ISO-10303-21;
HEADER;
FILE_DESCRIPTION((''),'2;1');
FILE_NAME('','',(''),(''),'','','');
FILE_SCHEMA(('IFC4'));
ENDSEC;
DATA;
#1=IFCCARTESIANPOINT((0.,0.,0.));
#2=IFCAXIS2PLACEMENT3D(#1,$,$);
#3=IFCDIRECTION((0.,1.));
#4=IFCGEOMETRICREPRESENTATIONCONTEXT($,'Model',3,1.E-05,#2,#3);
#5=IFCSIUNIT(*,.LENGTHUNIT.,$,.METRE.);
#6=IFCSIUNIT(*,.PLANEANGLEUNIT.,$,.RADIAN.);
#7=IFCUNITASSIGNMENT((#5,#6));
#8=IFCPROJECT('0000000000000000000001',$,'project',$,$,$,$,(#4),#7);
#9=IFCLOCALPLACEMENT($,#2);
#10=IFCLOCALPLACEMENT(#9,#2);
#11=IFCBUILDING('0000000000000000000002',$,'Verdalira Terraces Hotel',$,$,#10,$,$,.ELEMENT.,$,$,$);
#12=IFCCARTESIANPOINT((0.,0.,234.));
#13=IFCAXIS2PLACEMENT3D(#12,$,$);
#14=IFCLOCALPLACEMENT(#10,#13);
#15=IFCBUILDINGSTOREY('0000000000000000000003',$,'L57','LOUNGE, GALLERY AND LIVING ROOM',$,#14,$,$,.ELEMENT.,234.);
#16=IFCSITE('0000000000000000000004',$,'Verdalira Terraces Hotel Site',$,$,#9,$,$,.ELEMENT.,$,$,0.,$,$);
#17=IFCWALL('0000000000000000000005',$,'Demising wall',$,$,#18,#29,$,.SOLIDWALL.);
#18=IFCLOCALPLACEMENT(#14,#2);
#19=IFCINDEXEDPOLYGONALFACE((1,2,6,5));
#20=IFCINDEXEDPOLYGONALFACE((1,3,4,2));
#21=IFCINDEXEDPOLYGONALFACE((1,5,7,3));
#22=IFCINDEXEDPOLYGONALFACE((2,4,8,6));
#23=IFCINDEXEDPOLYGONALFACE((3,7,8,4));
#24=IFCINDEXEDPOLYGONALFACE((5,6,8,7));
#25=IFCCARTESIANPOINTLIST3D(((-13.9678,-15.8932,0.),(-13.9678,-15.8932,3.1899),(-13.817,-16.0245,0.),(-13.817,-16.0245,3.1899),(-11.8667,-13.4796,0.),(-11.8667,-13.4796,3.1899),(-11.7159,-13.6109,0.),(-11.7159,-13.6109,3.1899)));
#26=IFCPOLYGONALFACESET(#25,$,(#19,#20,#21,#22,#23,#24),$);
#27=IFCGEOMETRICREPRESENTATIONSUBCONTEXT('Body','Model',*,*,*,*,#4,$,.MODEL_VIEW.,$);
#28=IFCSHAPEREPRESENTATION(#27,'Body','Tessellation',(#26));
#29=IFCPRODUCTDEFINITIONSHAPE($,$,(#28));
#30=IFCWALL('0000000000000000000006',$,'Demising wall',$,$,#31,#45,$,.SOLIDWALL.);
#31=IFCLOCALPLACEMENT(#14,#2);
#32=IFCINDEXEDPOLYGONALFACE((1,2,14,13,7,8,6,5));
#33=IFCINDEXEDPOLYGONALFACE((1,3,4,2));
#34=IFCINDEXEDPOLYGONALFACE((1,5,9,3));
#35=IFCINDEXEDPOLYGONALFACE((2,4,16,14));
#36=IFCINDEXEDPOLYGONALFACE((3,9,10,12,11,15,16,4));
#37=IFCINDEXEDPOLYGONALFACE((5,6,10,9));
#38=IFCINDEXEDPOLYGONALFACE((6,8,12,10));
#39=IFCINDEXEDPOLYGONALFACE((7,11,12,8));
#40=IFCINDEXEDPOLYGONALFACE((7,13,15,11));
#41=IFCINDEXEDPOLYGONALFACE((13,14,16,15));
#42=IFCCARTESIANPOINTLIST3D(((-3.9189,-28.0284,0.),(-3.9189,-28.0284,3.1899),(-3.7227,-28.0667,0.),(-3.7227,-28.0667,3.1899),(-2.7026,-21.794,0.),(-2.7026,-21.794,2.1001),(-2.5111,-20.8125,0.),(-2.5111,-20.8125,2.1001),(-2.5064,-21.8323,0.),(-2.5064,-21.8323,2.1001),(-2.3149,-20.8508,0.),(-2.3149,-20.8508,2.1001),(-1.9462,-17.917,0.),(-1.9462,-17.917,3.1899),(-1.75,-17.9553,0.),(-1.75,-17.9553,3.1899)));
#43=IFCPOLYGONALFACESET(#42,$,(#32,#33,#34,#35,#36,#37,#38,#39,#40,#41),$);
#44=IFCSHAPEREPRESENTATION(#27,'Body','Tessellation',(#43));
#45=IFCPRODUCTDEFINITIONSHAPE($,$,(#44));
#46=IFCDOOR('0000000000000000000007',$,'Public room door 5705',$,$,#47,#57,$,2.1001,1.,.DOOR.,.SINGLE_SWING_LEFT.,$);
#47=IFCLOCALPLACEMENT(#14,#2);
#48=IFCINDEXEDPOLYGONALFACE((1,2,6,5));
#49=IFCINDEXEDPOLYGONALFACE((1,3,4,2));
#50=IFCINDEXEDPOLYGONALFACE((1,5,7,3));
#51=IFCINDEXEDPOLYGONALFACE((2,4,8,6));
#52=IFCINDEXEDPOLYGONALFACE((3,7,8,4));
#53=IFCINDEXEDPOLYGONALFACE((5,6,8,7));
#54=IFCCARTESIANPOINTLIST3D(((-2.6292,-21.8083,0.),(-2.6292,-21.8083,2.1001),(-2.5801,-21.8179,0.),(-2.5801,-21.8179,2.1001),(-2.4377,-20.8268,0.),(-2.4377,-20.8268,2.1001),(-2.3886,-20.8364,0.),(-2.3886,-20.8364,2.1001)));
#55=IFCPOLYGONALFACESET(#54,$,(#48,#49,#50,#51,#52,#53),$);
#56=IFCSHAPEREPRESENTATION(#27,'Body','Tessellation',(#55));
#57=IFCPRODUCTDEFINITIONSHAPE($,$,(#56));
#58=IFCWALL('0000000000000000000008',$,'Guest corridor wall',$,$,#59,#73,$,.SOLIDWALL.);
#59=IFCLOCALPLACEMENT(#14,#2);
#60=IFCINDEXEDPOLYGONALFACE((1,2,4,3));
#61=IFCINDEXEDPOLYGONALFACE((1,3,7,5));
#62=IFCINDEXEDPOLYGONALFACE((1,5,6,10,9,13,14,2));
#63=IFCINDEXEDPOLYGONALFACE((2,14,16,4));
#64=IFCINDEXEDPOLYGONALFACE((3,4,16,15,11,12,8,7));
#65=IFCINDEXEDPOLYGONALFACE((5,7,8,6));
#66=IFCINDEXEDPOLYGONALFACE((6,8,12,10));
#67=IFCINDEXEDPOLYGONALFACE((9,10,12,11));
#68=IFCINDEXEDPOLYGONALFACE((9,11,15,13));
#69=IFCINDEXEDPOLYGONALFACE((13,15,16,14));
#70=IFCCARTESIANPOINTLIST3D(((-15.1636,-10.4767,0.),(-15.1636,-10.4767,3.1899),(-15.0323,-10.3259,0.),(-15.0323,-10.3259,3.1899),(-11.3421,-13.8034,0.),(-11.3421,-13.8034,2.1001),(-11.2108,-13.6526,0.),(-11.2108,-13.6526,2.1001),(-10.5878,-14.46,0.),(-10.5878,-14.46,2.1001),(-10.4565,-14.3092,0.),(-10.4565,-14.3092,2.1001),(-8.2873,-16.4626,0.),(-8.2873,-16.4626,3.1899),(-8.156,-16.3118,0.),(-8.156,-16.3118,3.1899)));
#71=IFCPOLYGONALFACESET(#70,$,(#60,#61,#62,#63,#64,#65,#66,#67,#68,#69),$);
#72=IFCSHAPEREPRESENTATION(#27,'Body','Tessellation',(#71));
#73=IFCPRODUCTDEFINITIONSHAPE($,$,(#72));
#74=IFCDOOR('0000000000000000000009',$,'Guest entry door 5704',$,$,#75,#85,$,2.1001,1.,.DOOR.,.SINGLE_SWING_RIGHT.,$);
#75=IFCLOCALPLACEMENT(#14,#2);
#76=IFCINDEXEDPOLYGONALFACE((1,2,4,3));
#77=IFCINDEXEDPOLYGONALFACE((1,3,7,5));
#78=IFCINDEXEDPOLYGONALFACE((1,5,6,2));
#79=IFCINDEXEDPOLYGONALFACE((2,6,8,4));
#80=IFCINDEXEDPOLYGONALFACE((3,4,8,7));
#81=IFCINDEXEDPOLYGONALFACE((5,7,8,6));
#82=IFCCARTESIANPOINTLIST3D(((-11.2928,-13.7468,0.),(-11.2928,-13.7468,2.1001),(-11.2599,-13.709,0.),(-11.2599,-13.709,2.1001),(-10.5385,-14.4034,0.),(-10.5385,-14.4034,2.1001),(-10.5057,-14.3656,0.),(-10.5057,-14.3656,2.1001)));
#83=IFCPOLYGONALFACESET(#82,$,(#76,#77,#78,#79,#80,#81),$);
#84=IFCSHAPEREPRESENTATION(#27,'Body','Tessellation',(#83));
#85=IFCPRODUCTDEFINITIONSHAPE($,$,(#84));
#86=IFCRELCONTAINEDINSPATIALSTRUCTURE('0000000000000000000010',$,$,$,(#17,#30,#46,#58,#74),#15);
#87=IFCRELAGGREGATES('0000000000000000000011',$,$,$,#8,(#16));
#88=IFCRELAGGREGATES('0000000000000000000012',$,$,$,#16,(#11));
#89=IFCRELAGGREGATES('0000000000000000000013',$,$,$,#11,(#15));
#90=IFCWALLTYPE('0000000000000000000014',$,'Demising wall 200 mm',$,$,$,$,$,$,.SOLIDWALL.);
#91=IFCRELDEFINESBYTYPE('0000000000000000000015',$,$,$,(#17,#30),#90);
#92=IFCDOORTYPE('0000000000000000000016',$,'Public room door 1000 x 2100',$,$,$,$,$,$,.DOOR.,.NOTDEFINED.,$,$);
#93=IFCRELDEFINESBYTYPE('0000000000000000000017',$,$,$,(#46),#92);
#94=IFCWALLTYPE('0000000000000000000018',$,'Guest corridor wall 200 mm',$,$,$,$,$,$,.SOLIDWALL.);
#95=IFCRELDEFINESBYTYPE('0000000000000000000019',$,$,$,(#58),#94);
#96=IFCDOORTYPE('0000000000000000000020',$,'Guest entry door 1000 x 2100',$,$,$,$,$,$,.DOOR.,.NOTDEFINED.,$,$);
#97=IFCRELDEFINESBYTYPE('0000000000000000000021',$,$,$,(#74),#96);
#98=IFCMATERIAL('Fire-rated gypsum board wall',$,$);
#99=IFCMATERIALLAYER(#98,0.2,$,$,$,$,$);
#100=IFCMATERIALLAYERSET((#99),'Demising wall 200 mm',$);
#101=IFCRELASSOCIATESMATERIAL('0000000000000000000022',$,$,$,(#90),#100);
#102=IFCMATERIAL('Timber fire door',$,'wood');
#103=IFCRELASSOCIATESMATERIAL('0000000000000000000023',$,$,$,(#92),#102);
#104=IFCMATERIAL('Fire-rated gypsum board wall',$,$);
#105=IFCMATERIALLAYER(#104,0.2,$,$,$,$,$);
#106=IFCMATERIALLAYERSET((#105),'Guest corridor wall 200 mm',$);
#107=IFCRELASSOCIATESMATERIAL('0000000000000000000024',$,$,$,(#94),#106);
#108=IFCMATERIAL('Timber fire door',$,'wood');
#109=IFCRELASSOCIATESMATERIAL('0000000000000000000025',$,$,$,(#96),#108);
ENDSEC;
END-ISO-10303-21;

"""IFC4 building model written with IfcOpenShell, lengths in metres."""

from ifc_helpers import new_model, si_unit, direction, frame, frame_2d, origin, place, context, subcontext, project, spatial, rectangle, extrude, material, layer, layer_set, type_object, element, fill, save


model = new_model("IFC4")

# Units and contexts
model_context = context("Model", 3, precision=1e-05, world=origin(), true_north=direction((0.0, 1.0)))
body_context = subcontext(model_context, "Body", "Model", "MODEL_VIEW")
ifc_project = project(units=[si_unit("LENGTHUNIT", "METRE"), si_unit("PLANEANGLEUNIT", "RADIAN")], contexts=[model_context])

# Site, building, storey
site_placement = place(None, origin())
site = spatial("IfcSite", under=ifc_project, at=site_placement, Name="Verdalira Terraces Hotel Site", CompositionType="ELEMENT", RefElevation=0.0)
building_placement = place(site_placement, origin())
building = spatial("IfcBuilding", under=site, at=building_placement, Name="Verdalira Terraces Hotel", CompositionType="ELEMENT")
storey_placement = place(building_placement, frame((0.0, 0.0, 234.0)))
storey = spatial("IfcBuildingStorey", under=building, at=storey_placement, Name="L57", Description="LOUNGE, GALLERY AND LIVING ROOM", CompositionType="ELEMENT", Elevation=234.0)

# Wall
ifc_material_1 = material(Name="Fire-rated gypsum board wall")
ifc_layer_1 = layer(ifc_material_1, 0.2)
ifc_layer_set_1 = layer_set([ifc_layer_1], Name="Demising wall 200 mm")
wall_type_1 = type_object("IfcWallType", Name="Demising wall 200 mm", PredefinedType="SOLIDWALL", material=ifc_layer_set_1)
wall_1_placement = place(storey_placement, frame((-11.7913, -13.5452, 0.0), z_axis=(0.0, 0.0, 1.0), x_axis=(-0.65659, -0.754247, 0.0)))
element("IfcWall", 1, at=wall_1_placement, inside=storey, type_object=wall_type_1, Name="Demising wall", PredefinedType="SOLIDWALL", context=body_context, shape_type="SweptSolid", body=[
    extrude(rectangle(XDim=3.2, YDim=0.2, at=frame_2d((1.6001, 0.0))), origin(), (0.0, 0.0, 1.0), 3.1899),
])

# Walls, openings, doors
wall_2_placement = place(storey_placement, frame((-1.8481, -17.9363, 0.0), z_axis=(0.0, 0.0, 1.0), x_axis=(-0.191484, -0.981496, 0.0)))
wall_2 = element("IfcWall", 2, at=wall_2_placement, inside=storey, type_object=wall_type_1, Name="Demising wall", PredefinedType="SOLIDWALL", context=body_context, shape_type="SweptSolid", body=[
    extrude(rectangle(XDim=10.302, YDim=0.2, at=frame_2d((5.1509, 0.0))), origin(), (0.0, 0.0, 1.0), 3.1899),
])
opening_1_placement = place(wall_2_placement, frame((2.95, 0.0, 0.0)))
opening_1 = element("IfcOpeningElement", 3, at=opening_1_placement, cuts=wall_2, PredefinedType="OPENING", context=body_context, shape_type="SweptSolid", body=[
    extrude(rectangle(XDim=1.0, YDim=2.1001, at=frame_2d((0.5, 1.05))), frame((0.0, 0.1099, 0.0), z_axis=(0.0, -1.0, 0.0), x_axis=(1.0, 0.0, 0.0)), (0.0, 0.0, 1.0), 0.22),
])
ifc_material_2 = material(Name="Timber fire door", Category="wood")
door_type_1 = type_object("IfcDoorType", Name="Public room door 1000 x 2100", OperationType="NOTDEFINED", PredefinedType="DOOR", material=ifc_material_2)
door_1_placement = place(opening_1_placement, origin())
door_1 = element("IfcDoor", 4, at=door_1_placement, inside=storey, type_object=door_type_1, Name="Public room door 5705", OperationType="SINGLE_SWING_LEFT", OverallHeight=2.1001, OverallWidth=1.0, PredefinedType="DOOR", context=body_context, shape_type="SweptSolid", body=[
    extrude(rectangle(XDim=1.0, YDim=2.1001, at=frame_2d((0.5, 1.05))), frame((0.0, 0.0249, 0.0), z_axis=(0.0, -1.0, 0.0), x_axis=(1.0, 0.0, 0.0)), (0.0, 0.0, 1.0), 0.05),
])
fill(opening_1, door_1)
ifc_material_3 = material(Name="Fire-rated gypsum board wall")
ifc_layer_2 = layer(ifc_material_3, 0.2)
ifc_layer_set_2 = layer_set([ifc_layer_2], Name="Guest corridor wall 200 mm")
wall_type_2 = type_object("IfcWallType", Name="Guest corridor wall 200 mm", PredefinedType="SOLIDWALL", material=ifc_layer_set_2)
wall_3_placement = place(storey_placement, frame((-8.2217, -16.3872, 0.0), z_axis=(0.0, 0.0, 1.0), x_axis=(-0.754251, 0.656586, 0.0)))
wall_3 = element("IfcWall", 5, at=wall_3_placement, inside=storey, type_object=wall_type_2, Name="Guest corridor wall", PredefinedType="SOLIDWALL", context=body_context, shape_type="SweptSolid", body=[
    extrude(rectangle(XDim=9.1167, YDim=0.2, at=frame_2d((4.5583, 0.0))), origin(), (0.0, 0.0, 1.0), 3.1899),
])
opening_2_placement = place(wall_3_placement, frame((3.05, 0.0, 0.0)))
opening_2 = element("IfcOpeningElement", 6, at=opening_2_placement, cuts=wall_3, PredefinedType="OPENING", context=body_context, shape_type="SweptSolid", body=[
    extrude(rectangle(XDim=1.0, YDim=2.1001, at=frame_2d((0.5, 1.05))), frame((0.0, 0.1099, 0.0), z_axis=(0.0, -1.0, 0.0), x_axis=(1.0, 0.0, 0.0)), (0.0, 0.0, 1.0), 0.22),
])
ifc_material_4 = material(Name="Timber fire door", Category="wood")
door_type_2 = type_object("IfcDoorType", Name="Guest entry door 1000 x 2100", OperationType="NOTDEFINED", PredefinedType="DOOR", material=ifc_material_4)
door_2_placement = place(opening_2_placement, origin())
door_2 = element("IfcDoor", 7, at=door_2_placement, inside=storey, type_object=door_type_2, Name="Guest entry door 5704", OperationType="SINGLE_SWING_RIGHT", OverallHeight=2.1001, OverallWidth=1.0, PredefinedType="DOOR", context=body_context, shape_type="SweptSolid", body=[
    extrude(rectangle(XDim=1.0, YDim=2.1001, at=frame_2d((0.5, 1.05))), frame((0.0, 0.0249, 0.0), z_axis=(0.0, -1.0, 0.0), x_axis=(1.0, 0.0, 0.0)), (0.0, 0.0, 1.0), 0.05),
])
fill(opening_2, door_2)

save(model, "model.ifc")
